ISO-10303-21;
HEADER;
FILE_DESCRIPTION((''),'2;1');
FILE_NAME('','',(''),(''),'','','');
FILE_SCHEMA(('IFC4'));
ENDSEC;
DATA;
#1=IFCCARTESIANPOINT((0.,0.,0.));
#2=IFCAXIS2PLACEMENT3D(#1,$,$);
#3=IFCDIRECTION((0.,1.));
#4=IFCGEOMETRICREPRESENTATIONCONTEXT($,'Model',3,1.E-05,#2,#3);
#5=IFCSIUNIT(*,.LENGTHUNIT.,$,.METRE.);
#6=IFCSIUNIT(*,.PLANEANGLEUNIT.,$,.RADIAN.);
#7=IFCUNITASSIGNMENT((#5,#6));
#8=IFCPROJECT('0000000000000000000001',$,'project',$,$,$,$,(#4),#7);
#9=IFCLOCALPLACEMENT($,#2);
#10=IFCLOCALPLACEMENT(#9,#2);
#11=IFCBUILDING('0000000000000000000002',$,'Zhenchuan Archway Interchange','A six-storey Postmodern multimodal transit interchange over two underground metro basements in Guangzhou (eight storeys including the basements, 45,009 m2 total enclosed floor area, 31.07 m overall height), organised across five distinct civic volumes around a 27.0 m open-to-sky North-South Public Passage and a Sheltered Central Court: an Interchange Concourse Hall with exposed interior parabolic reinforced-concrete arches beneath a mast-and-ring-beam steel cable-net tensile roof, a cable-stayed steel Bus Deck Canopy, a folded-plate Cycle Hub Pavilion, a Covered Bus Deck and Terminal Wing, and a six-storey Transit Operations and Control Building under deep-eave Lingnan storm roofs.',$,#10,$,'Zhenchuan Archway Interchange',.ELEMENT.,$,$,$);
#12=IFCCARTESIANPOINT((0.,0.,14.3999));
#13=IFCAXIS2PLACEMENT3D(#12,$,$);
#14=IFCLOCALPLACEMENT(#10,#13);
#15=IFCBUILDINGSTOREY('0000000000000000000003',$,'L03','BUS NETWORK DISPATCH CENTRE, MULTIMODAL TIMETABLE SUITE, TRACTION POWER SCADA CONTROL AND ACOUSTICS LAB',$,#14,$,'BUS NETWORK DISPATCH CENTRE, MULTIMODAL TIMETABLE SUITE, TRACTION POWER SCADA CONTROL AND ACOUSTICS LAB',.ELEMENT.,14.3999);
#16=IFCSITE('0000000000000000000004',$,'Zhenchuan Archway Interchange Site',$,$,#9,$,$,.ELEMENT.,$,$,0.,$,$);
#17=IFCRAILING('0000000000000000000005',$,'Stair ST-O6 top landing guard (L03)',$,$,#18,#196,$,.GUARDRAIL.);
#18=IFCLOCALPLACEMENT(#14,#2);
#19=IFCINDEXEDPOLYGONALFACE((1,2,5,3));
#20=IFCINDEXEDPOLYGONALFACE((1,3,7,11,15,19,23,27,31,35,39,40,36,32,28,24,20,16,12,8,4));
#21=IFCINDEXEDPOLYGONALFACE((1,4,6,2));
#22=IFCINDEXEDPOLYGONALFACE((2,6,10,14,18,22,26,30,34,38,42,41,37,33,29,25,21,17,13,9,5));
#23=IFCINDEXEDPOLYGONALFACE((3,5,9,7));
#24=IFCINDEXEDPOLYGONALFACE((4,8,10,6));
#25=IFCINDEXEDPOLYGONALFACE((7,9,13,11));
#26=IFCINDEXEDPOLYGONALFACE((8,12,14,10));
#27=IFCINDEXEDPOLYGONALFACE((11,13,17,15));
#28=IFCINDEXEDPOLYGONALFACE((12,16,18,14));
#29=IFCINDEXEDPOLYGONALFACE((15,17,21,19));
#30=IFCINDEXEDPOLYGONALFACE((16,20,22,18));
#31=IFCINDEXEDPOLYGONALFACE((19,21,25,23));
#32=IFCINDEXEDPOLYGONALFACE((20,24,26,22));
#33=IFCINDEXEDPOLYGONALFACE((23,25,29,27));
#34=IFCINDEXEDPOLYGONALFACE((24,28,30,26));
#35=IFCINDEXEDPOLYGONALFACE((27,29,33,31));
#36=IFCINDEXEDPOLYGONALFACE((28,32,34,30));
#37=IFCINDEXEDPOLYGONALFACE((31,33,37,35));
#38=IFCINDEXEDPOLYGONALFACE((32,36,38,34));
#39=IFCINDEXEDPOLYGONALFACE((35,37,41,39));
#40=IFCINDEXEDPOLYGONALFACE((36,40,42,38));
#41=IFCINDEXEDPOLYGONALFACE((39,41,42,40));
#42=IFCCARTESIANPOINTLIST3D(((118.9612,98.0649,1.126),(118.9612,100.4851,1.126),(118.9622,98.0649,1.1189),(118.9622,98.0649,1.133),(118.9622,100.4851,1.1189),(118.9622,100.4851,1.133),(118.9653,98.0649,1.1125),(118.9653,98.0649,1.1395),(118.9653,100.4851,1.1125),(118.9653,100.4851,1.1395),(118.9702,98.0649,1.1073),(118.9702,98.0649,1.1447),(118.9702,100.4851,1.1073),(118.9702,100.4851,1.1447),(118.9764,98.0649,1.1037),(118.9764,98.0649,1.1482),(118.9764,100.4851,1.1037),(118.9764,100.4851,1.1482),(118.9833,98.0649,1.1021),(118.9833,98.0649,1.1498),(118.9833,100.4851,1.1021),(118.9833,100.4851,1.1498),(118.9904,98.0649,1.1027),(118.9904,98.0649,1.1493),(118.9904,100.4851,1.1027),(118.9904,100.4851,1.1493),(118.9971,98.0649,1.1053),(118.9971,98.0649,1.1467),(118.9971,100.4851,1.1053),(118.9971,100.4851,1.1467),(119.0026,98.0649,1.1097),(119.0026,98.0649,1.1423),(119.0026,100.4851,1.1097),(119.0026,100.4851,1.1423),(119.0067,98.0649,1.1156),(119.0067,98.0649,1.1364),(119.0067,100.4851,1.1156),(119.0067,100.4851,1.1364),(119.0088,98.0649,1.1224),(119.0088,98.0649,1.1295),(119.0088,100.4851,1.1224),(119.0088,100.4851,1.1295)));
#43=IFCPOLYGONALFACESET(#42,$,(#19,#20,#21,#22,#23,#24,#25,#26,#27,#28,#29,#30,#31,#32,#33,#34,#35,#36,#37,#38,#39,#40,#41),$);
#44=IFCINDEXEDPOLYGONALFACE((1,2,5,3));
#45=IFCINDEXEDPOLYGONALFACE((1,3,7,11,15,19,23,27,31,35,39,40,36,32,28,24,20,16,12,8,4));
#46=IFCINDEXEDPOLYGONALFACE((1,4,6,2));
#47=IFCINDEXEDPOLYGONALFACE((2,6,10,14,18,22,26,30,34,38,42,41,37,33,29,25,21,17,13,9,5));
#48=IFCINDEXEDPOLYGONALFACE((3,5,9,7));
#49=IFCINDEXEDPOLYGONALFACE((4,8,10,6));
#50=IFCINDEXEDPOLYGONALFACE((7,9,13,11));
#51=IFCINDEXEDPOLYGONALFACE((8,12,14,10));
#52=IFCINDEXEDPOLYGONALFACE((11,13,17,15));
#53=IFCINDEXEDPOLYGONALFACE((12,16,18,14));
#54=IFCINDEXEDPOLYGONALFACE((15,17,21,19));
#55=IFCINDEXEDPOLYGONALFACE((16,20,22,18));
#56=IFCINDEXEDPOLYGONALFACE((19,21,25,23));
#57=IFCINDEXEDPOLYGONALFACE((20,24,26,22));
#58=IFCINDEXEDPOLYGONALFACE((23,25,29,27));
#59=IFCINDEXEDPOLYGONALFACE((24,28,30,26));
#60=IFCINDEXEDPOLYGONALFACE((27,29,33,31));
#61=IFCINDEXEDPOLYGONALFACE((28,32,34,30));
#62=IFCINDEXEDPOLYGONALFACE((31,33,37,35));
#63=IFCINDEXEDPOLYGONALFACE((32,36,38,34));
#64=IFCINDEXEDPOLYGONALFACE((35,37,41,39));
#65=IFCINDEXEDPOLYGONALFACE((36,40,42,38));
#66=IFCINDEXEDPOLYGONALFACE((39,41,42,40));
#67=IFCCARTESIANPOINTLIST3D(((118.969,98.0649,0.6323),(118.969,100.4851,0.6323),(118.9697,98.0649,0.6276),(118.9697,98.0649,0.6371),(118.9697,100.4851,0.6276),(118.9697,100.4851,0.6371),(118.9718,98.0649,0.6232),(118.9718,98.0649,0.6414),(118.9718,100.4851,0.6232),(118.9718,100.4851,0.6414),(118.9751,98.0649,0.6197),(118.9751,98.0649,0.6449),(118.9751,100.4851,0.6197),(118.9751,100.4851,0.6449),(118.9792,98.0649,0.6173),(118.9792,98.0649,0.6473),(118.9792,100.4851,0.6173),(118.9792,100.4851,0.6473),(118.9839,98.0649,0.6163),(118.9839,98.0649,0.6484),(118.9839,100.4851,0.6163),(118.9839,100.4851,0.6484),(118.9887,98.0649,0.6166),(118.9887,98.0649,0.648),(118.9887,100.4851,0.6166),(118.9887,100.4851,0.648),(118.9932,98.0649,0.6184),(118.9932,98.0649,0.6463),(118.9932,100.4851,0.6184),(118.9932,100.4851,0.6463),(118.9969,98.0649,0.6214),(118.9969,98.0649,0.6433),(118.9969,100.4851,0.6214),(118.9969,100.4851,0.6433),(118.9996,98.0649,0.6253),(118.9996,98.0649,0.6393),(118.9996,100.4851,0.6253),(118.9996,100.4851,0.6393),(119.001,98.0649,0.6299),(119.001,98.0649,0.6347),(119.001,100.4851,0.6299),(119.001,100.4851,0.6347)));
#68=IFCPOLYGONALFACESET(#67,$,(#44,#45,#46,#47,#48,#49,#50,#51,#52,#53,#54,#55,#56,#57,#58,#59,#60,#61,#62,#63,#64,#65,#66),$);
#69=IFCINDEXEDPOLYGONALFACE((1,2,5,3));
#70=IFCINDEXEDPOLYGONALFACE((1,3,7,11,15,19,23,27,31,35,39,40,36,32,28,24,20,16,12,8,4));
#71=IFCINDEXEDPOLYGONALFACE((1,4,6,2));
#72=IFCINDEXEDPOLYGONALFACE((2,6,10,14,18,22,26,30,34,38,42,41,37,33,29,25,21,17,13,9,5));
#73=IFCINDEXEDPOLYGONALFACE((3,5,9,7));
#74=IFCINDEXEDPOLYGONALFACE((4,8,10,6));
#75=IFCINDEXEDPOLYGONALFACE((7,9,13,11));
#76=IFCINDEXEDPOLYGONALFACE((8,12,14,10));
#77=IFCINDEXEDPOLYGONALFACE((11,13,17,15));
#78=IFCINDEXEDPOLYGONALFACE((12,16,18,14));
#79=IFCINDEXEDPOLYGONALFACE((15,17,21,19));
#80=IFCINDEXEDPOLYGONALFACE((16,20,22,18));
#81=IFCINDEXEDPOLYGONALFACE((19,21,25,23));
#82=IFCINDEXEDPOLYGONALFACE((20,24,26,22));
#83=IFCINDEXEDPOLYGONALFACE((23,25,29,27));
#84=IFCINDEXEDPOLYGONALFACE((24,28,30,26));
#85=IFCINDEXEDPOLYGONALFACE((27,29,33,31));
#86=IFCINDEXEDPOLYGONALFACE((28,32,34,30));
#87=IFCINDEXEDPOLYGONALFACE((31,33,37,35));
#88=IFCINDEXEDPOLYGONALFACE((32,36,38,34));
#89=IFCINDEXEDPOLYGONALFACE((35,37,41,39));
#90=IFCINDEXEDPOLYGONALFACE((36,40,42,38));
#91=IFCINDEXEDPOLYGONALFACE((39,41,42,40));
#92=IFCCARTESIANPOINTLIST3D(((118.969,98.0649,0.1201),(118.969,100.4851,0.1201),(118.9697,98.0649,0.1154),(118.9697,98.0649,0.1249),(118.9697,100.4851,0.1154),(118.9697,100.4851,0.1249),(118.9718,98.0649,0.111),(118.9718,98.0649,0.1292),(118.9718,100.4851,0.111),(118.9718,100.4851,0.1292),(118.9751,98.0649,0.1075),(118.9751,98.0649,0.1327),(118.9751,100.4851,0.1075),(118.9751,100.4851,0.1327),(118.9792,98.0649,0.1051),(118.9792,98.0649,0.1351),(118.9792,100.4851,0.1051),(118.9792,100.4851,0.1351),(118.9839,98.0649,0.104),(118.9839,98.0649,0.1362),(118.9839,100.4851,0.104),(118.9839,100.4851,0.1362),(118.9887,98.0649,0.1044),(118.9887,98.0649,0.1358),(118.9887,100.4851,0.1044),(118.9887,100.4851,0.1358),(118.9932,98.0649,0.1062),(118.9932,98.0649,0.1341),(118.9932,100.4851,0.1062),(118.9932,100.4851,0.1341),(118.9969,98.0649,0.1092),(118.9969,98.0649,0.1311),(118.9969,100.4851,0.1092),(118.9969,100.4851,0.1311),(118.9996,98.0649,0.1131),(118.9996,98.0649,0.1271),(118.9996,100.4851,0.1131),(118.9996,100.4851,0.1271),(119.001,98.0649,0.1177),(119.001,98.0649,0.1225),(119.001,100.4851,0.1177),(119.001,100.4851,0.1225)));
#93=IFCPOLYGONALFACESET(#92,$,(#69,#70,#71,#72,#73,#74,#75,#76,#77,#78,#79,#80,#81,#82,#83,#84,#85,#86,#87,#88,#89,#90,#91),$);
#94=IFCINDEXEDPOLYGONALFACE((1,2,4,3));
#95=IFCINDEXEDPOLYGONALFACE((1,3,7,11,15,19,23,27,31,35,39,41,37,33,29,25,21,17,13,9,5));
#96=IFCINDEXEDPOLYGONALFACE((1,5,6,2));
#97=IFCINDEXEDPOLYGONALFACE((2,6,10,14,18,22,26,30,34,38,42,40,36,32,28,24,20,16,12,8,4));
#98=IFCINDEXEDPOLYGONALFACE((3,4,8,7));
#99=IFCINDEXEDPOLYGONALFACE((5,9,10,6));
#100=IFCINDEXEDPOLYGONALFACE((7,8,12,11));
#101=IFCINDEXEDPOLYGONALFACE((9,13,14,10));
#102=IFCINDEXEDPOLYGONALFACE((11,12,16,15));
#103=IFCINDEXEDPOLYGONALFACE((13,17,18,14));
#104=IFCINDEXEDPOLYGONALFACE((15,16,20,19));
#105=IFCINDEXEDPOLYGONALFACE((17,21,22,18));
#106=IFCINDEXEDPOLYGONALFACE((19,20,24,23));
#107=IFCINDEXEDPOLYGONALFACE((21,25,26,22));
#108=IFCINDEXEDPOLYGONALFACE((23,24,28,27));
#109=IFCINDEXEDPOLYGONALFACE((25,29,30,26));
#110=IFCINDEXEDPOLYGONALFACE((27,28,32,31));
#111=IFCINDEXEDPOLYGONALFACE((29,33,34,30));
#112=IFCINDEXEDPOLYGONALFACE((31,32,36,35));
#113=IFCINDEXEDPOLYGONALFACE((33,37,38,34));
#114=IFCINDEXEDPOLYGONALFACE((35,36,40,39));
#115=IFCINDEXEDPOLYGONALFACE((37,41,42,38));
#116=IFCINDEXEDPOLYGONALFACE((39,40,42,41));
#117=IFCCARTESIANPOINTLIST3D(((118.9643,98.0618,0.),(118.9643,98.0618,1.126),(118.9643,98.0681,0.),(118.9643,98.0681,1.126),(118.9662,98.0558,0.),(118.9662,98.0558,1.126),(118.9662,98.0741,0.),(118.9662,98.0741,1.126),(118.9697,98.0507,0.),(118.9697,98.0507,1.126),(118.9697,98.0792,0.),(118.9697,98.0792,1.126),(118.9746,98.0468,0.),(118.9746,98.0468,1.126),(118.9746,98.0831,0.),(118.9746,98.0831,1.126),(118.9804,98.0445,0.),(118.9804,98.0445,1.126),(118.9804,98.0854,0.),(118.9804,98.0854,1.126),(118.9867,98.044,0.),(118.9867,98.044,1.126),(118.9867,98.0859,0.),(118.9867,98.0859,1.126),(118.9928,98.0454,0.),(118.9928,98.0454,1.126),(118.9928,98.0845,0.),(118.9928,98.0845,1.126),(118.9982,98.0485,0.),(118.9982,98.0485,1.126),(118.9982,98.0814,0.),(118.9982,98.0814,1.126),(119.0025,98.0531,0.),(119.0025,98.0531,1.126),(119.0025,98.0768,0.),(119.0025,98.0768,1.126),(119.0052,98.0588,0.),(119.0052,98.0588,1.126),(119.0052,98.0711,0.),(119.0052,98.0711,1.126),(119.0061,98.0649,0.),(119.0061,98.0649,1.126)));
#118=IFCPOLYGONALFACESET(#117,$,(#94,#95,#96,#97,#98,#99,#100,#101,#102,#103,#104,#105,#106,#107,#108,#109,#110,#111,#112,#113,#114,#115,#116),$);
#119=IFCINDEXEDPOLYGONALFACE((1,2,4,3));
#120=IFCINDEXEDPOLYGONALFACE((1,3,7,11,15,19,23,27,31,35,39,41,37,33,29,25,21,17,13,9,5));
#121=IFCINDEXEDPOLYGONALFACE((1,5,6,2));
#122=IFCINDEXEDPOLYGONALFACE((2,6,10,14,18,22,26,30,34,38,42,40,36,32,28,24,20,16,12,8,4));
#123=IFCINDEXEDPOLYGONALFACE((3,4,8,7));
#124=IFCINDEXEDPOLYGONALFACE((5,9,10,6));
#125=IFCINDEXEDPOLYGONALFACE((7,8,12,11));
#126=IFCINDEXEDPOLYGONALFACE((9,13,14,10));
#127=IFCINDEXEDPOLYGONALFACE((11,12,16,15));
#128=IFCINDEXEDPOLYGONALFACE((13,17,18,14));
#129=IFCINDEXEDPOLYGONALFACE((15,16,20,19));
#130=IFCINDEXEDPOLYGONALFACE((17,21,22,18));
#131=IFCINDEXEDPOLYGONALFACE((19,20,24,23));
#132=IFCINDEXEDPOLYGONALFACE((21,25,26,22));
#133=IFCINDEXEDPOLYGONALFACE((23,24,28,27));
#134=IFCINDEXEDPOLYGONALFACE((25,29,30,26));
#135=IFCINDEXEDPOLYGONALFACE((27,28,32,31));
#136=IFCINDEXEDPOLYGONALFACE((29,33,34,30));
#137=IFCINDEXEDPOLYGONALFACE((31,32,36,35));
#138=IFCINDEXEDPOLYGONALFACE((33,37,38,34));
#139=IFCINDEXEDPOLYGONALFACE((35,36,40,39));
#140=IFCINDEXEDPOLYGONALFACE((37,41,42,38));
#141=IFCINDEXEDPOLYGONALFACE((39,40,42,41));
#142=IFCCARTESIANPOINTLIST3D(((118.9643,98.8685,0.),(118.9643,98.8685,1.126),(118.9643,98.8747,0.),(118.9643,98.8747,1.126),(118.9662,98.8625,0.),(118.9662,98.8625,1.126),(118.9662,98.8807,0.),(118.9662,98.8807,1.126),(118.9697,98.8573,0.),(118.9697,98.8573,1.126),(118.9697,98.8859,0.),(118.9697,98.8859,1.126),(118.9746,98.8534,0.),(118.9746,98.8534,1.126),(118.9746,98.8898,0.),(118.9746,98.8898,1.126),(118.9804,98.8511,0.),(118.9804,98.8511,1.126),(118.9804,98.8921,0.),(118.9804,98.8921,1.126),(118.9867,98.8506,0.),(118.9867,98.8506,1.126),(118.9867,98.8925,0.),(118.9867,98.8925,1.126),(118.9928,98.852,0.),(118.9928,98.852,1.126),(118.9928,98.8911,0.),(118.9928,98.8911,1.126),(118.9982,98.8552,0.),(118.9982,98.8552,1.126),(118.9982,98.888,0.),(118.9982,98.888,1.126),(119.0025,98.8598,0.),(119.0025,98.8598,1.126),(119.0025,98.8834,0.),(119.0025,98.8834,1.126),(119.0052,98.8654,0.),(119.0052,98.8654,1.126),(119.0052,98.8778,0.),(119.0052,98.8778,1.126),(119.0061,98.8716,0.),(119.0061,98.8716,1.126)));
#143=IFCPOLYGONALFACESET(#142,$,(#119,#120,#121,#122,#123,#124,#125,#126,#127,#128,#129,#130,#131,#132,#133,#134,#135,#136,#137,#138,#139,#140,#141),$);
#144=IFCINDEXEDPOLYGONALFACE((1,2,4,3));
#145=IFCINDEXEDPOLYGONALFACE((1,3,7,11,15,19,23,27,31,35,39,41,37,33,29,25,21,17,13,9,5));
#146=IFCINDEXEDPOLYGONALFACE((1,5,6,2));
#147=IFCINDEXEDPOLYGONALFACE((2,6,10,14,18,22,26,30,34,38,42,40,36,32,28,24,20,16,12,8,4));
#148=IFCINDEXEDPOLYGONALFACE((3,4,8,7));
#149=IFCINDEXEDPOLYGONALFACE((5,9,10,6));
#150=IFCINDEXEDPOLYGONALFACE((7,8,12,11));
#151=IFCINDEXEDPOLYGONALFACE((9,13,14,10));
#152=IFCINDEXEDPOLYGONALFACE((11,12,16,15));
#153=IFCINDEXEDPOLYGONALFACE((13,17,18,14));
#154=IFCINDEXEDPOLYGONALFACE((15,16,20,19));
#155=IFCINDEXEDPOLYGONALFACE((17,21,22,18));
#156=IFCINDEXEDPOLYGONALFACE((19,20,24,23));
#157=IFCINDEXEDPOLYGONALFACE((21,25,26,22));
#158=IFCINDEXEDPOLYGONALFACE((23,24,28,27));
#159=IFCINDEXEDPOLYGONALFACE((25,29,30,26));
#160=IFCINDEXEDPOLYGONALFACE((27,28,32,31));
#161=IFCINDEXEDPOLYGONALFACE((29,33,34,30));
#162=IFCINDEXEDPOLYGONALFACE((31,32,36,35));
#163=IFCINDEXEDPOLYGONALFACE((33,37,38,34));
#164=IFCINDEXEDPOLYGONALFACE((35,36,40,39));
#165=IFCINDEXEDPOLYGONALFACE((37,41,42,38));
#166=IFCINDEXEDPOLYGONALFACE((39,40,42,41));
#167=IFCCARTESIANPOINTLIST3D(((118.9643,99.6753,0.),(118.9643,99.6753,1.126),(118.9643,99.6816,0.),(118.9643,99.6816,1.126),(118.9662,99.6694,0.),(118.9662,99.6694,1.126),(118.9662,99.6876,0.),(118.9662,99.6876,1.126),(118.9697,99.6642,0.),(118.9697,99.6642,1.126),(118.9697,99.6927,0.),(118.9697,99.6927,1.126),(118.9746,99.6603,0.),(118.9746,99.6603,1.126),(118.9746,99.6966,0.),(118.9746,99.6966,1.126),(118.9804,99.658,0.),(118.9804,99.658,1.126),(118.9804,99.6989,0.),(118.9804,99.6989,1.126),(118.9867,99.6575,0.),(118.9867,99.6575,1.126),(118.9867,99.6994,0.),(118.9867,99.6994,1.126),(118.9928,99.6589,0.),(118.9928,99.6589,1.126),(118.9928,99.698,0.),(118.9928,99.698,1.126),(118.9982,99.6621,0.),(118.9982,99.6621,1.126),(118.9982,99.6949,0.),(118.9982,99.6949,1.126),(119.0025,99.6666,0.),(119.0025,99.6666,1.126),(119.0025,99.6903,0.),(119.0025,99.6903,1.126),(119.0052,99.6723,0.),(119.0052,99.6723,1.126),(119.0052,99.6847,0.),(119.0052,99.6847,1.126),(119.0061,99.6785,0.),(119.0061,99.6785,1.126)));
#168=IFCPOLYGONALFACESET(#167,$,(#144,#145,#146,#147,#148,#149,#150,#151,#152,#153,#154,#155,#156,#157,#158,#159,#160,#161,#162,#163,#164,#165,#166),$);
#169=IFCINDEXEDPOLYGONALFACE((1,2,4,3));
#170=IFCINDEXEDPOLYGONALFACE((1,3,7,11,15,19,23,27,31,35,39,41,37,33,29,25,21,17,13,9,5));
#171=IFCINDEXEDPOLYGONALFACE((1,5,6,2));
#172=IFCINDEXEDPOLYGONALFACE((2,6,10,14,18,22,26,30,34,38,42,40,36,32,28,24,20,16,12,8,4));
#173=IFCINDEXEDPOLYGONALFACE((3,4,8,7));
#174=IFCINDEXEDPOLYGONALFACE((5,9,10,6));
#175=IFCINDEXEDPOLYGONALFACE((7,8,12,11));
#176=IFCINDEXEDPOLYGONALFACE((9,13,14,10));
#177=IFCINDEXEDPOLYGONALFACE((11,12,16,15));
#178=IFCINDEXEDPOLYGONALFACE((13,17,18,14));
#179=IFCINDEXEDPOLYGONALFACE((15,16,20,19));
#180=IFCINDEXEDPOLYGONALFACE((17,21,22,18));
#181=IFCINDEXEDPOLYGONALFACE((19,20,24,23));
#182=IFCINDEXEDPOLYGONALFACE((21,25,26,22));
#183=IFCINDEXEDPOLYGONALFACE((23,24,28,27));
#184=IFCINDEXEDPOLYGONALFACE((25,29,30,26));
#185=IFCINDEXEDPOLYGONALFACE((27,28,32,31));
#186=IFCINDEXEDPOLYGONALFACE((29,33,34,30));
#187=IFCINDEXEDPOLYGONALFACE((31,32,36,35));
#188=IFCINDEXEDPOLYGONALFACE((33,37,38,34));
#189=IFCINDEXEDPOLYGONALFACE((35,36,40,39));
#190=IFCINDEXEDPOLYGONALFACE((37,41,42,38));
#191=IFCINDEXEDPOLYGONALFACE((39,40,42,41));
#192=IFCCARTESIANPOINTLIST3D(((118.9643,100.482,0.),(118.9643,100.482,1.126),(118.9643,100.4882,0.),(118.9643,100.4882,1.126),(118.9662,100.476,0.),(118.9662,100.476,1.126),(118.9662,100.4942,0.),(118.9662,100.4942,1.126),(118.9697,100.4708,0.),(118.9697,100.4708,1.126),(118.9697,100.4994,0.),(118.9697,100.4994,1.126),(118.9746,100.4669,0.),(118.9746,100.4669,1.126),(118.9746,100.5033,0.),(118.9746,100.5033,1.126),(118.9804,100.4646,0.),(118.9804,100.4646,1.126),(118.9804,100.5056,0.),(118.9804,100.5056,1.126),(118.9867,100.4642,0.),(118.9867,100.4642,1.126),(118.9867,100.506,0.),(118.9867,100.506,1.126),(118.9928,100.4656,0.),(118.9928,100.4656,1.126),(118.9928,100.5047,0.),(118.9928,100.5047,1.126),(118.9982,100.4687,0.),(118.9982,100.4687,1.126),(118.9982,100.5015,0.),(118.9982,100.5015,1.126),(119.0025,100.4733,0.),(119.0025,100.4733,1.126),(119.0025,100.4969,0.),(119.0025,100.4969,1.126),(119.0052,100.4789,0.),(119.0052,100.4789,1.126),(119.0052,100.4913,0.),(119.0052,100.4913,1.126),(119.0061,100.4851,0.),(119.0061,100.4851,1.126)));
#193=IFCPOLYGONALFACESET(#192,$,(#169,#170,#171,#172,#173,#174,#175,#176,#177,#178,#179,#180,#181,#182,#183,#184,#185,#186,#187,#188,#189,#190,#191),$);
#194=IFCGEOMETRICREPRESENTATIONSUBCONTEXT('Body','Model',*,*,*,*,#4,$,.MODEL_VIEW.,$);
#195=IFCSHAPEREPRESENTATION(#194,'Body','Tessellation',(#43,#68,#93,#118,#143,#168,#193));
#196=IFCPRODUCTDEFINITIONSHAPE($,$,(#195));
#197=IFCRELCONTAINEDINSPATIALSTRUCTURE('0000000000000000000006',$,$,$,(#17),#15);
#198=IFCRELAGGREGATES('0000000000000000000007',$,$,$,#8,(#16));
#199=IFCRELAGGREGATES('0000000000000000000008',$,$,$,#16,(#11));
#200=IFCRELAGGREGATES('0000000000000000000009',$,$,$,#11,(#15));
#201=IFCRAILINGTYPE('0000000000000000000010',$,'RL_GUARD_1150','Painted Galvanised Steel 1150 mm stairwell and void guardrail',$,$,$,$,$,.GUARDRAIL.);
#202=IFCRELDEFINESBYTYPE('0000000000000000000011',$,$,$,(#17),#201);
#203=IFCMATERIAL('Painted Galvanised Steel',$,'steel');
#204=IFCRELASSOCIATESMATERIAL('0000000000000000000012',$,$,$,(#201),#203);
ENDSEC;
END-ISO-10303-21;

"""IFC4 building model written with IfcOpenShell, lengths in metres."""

from ifc_helpers import new_model, si_unit, direction, frame, origin, origin_2d, place, context, subcontext, project, spatial, circle, extrude, material, type_object, element, save


model = new_model("IFC4")

# Units and contexts
model_context = context("Model", 3, precision=1e-05, world=origin(), true_north=direction((0.0, 1.0)))
body_context = subcontext(model_context, "Body", "Model", "MODEL_VIEW")
ifc_project = project(units=[si_unit("LENGTHUNIT", "METRE"), si_unit("PLANEANGLEUNIT", "RADIAN")], contexts=[model_context])

# Site, building, storey
site_placement = place(None, origin())
site = spatial("IfcSite", under=ifc_project, at=site_placement, Name="Zhenchuan Archway Interchange Site", CompositionType="ELEMENT", RefElevation=0.0)
building_placement = place(site_placement, origin())
building = spatial("IfcBuilding", under=site, at=building_placement, Name="Zhenchuan Archway Interchange", Description="A six-storey Postmodern multimodal transit interchange over two underground metro basements in Guangzhou (eight storeys including the basements, 45,009 m2 total enclosed floor area, 31.07 m overall height), organised across five distinct civic volumes around a 27.0 m open-to-sky North-South Public Passage and a Sheltered Central Court: an Interchange Concourse Hall with exposed interior parabolic reinforced-concrete arches beneath a mast-and-ring-beam steel cable-net tensile roof, a cable-stayed steel Bus Deck Canopy, a folded-plate Cycle Hub Pavilion, a Covered Bus Deck and Terminal Wing, and a six-storey Transit Operations and Control Building under deep-eave Lingnan storm roofs.", LongName="Zhenchuan Archway Interchange", CompositionType="ELEMENT")
storey_placement = place(building_placement, frame((0.0, 0.0, 14.3999)))
storey = spatial("IfcBuildingStorey", under=building, at=storey_placement, Name="L03", Description="BUS NETWORK DISPATCH CENTRE, MULTIMODAL TIMETABLE SUITE, TRACTION POWER SCADA CONTROL AND ACOUSTICS LAB", LongName="BUS NETWORK DISPATCH CENTRE, MULTIMODAL TIMETABLE SUITE, TRACTION POWER SCADA CONTROL AND ACOUSTICS LAB", CompositionType="ELEMENT", Elevation=14.3999)

# Shared definitions
ifc_material_1 = material(Name="Painted Galvanised Steel", Category="steel")

# Railing
railing_type = type_object("IfcRailingType", Name="RL_GUARD_1150", Description="Painted Galvanised Steel 1150 mm stairwell and void guardrail", PredefinedType="GUARDRAIL", material=ifc_material_1)
railing_placement = place(storey_placement, frame((118.9851, 98.0649, 0.0)))
element("IfcRailing", 1, at=railing_placement, inside=storey, type_object=railing_type, Name="Stair ST-O6 top landing guard (L03)", PredefinedType="GUARDRAIL", context=body_context, shape_type="SweptSolid", body=[
    extrude(circle(Radius=0.0239, at=origin_2d()), frame((0.0, 0.0, 1.126), z_axis=(0.0, 1.0, 0.0), x_axis=(-1.0, 0.0, 0.0)), (0.0, 0.0, 1.0), 2.4202),
    extrude(circle(Radius=0.0161, at=origin_2d()), frame((0.0, 0.0, 0.6323), z_axis=(0.0, 1.0, 0.0), x_axis=(-1.0, 0.0, 0.0)), (0.0, 0.0, 1.0), 2.4202),
    extrude(circle(Radius=0.0161, at=origin_2d()), frame((0.0, 0.0, 0.1201), z_axis=(0.0, 1.0, 0.0), x_axis=(-1.0, 0.0, 0.0)), (0.0, 0.0, 1.0), 2.4202),
    extrude(circle(Radius=0.021, at=origin_2d()), origin(), (0.0, 0.0, 1.0), 1.126),
    extrude(circle(Radius=0.021, at=origin_2d()), frame((0.0, 0.8066, 0.0)), (0.0, 0.0, 1.0), 1.126),
    extrude(circle(Radius=0.021, at=origin_2d()), frame((0.0, 1.6135, 0.0)), (0.0, 0.0, 1.0), 1.126),
    extrude(circle(Radius=0.021, at=origin_2d()), frame((0.0, 2.4202, 0.0)), (0.0, 0.0, 1.0), 1.126),
])

save(model, "model.ifc")
